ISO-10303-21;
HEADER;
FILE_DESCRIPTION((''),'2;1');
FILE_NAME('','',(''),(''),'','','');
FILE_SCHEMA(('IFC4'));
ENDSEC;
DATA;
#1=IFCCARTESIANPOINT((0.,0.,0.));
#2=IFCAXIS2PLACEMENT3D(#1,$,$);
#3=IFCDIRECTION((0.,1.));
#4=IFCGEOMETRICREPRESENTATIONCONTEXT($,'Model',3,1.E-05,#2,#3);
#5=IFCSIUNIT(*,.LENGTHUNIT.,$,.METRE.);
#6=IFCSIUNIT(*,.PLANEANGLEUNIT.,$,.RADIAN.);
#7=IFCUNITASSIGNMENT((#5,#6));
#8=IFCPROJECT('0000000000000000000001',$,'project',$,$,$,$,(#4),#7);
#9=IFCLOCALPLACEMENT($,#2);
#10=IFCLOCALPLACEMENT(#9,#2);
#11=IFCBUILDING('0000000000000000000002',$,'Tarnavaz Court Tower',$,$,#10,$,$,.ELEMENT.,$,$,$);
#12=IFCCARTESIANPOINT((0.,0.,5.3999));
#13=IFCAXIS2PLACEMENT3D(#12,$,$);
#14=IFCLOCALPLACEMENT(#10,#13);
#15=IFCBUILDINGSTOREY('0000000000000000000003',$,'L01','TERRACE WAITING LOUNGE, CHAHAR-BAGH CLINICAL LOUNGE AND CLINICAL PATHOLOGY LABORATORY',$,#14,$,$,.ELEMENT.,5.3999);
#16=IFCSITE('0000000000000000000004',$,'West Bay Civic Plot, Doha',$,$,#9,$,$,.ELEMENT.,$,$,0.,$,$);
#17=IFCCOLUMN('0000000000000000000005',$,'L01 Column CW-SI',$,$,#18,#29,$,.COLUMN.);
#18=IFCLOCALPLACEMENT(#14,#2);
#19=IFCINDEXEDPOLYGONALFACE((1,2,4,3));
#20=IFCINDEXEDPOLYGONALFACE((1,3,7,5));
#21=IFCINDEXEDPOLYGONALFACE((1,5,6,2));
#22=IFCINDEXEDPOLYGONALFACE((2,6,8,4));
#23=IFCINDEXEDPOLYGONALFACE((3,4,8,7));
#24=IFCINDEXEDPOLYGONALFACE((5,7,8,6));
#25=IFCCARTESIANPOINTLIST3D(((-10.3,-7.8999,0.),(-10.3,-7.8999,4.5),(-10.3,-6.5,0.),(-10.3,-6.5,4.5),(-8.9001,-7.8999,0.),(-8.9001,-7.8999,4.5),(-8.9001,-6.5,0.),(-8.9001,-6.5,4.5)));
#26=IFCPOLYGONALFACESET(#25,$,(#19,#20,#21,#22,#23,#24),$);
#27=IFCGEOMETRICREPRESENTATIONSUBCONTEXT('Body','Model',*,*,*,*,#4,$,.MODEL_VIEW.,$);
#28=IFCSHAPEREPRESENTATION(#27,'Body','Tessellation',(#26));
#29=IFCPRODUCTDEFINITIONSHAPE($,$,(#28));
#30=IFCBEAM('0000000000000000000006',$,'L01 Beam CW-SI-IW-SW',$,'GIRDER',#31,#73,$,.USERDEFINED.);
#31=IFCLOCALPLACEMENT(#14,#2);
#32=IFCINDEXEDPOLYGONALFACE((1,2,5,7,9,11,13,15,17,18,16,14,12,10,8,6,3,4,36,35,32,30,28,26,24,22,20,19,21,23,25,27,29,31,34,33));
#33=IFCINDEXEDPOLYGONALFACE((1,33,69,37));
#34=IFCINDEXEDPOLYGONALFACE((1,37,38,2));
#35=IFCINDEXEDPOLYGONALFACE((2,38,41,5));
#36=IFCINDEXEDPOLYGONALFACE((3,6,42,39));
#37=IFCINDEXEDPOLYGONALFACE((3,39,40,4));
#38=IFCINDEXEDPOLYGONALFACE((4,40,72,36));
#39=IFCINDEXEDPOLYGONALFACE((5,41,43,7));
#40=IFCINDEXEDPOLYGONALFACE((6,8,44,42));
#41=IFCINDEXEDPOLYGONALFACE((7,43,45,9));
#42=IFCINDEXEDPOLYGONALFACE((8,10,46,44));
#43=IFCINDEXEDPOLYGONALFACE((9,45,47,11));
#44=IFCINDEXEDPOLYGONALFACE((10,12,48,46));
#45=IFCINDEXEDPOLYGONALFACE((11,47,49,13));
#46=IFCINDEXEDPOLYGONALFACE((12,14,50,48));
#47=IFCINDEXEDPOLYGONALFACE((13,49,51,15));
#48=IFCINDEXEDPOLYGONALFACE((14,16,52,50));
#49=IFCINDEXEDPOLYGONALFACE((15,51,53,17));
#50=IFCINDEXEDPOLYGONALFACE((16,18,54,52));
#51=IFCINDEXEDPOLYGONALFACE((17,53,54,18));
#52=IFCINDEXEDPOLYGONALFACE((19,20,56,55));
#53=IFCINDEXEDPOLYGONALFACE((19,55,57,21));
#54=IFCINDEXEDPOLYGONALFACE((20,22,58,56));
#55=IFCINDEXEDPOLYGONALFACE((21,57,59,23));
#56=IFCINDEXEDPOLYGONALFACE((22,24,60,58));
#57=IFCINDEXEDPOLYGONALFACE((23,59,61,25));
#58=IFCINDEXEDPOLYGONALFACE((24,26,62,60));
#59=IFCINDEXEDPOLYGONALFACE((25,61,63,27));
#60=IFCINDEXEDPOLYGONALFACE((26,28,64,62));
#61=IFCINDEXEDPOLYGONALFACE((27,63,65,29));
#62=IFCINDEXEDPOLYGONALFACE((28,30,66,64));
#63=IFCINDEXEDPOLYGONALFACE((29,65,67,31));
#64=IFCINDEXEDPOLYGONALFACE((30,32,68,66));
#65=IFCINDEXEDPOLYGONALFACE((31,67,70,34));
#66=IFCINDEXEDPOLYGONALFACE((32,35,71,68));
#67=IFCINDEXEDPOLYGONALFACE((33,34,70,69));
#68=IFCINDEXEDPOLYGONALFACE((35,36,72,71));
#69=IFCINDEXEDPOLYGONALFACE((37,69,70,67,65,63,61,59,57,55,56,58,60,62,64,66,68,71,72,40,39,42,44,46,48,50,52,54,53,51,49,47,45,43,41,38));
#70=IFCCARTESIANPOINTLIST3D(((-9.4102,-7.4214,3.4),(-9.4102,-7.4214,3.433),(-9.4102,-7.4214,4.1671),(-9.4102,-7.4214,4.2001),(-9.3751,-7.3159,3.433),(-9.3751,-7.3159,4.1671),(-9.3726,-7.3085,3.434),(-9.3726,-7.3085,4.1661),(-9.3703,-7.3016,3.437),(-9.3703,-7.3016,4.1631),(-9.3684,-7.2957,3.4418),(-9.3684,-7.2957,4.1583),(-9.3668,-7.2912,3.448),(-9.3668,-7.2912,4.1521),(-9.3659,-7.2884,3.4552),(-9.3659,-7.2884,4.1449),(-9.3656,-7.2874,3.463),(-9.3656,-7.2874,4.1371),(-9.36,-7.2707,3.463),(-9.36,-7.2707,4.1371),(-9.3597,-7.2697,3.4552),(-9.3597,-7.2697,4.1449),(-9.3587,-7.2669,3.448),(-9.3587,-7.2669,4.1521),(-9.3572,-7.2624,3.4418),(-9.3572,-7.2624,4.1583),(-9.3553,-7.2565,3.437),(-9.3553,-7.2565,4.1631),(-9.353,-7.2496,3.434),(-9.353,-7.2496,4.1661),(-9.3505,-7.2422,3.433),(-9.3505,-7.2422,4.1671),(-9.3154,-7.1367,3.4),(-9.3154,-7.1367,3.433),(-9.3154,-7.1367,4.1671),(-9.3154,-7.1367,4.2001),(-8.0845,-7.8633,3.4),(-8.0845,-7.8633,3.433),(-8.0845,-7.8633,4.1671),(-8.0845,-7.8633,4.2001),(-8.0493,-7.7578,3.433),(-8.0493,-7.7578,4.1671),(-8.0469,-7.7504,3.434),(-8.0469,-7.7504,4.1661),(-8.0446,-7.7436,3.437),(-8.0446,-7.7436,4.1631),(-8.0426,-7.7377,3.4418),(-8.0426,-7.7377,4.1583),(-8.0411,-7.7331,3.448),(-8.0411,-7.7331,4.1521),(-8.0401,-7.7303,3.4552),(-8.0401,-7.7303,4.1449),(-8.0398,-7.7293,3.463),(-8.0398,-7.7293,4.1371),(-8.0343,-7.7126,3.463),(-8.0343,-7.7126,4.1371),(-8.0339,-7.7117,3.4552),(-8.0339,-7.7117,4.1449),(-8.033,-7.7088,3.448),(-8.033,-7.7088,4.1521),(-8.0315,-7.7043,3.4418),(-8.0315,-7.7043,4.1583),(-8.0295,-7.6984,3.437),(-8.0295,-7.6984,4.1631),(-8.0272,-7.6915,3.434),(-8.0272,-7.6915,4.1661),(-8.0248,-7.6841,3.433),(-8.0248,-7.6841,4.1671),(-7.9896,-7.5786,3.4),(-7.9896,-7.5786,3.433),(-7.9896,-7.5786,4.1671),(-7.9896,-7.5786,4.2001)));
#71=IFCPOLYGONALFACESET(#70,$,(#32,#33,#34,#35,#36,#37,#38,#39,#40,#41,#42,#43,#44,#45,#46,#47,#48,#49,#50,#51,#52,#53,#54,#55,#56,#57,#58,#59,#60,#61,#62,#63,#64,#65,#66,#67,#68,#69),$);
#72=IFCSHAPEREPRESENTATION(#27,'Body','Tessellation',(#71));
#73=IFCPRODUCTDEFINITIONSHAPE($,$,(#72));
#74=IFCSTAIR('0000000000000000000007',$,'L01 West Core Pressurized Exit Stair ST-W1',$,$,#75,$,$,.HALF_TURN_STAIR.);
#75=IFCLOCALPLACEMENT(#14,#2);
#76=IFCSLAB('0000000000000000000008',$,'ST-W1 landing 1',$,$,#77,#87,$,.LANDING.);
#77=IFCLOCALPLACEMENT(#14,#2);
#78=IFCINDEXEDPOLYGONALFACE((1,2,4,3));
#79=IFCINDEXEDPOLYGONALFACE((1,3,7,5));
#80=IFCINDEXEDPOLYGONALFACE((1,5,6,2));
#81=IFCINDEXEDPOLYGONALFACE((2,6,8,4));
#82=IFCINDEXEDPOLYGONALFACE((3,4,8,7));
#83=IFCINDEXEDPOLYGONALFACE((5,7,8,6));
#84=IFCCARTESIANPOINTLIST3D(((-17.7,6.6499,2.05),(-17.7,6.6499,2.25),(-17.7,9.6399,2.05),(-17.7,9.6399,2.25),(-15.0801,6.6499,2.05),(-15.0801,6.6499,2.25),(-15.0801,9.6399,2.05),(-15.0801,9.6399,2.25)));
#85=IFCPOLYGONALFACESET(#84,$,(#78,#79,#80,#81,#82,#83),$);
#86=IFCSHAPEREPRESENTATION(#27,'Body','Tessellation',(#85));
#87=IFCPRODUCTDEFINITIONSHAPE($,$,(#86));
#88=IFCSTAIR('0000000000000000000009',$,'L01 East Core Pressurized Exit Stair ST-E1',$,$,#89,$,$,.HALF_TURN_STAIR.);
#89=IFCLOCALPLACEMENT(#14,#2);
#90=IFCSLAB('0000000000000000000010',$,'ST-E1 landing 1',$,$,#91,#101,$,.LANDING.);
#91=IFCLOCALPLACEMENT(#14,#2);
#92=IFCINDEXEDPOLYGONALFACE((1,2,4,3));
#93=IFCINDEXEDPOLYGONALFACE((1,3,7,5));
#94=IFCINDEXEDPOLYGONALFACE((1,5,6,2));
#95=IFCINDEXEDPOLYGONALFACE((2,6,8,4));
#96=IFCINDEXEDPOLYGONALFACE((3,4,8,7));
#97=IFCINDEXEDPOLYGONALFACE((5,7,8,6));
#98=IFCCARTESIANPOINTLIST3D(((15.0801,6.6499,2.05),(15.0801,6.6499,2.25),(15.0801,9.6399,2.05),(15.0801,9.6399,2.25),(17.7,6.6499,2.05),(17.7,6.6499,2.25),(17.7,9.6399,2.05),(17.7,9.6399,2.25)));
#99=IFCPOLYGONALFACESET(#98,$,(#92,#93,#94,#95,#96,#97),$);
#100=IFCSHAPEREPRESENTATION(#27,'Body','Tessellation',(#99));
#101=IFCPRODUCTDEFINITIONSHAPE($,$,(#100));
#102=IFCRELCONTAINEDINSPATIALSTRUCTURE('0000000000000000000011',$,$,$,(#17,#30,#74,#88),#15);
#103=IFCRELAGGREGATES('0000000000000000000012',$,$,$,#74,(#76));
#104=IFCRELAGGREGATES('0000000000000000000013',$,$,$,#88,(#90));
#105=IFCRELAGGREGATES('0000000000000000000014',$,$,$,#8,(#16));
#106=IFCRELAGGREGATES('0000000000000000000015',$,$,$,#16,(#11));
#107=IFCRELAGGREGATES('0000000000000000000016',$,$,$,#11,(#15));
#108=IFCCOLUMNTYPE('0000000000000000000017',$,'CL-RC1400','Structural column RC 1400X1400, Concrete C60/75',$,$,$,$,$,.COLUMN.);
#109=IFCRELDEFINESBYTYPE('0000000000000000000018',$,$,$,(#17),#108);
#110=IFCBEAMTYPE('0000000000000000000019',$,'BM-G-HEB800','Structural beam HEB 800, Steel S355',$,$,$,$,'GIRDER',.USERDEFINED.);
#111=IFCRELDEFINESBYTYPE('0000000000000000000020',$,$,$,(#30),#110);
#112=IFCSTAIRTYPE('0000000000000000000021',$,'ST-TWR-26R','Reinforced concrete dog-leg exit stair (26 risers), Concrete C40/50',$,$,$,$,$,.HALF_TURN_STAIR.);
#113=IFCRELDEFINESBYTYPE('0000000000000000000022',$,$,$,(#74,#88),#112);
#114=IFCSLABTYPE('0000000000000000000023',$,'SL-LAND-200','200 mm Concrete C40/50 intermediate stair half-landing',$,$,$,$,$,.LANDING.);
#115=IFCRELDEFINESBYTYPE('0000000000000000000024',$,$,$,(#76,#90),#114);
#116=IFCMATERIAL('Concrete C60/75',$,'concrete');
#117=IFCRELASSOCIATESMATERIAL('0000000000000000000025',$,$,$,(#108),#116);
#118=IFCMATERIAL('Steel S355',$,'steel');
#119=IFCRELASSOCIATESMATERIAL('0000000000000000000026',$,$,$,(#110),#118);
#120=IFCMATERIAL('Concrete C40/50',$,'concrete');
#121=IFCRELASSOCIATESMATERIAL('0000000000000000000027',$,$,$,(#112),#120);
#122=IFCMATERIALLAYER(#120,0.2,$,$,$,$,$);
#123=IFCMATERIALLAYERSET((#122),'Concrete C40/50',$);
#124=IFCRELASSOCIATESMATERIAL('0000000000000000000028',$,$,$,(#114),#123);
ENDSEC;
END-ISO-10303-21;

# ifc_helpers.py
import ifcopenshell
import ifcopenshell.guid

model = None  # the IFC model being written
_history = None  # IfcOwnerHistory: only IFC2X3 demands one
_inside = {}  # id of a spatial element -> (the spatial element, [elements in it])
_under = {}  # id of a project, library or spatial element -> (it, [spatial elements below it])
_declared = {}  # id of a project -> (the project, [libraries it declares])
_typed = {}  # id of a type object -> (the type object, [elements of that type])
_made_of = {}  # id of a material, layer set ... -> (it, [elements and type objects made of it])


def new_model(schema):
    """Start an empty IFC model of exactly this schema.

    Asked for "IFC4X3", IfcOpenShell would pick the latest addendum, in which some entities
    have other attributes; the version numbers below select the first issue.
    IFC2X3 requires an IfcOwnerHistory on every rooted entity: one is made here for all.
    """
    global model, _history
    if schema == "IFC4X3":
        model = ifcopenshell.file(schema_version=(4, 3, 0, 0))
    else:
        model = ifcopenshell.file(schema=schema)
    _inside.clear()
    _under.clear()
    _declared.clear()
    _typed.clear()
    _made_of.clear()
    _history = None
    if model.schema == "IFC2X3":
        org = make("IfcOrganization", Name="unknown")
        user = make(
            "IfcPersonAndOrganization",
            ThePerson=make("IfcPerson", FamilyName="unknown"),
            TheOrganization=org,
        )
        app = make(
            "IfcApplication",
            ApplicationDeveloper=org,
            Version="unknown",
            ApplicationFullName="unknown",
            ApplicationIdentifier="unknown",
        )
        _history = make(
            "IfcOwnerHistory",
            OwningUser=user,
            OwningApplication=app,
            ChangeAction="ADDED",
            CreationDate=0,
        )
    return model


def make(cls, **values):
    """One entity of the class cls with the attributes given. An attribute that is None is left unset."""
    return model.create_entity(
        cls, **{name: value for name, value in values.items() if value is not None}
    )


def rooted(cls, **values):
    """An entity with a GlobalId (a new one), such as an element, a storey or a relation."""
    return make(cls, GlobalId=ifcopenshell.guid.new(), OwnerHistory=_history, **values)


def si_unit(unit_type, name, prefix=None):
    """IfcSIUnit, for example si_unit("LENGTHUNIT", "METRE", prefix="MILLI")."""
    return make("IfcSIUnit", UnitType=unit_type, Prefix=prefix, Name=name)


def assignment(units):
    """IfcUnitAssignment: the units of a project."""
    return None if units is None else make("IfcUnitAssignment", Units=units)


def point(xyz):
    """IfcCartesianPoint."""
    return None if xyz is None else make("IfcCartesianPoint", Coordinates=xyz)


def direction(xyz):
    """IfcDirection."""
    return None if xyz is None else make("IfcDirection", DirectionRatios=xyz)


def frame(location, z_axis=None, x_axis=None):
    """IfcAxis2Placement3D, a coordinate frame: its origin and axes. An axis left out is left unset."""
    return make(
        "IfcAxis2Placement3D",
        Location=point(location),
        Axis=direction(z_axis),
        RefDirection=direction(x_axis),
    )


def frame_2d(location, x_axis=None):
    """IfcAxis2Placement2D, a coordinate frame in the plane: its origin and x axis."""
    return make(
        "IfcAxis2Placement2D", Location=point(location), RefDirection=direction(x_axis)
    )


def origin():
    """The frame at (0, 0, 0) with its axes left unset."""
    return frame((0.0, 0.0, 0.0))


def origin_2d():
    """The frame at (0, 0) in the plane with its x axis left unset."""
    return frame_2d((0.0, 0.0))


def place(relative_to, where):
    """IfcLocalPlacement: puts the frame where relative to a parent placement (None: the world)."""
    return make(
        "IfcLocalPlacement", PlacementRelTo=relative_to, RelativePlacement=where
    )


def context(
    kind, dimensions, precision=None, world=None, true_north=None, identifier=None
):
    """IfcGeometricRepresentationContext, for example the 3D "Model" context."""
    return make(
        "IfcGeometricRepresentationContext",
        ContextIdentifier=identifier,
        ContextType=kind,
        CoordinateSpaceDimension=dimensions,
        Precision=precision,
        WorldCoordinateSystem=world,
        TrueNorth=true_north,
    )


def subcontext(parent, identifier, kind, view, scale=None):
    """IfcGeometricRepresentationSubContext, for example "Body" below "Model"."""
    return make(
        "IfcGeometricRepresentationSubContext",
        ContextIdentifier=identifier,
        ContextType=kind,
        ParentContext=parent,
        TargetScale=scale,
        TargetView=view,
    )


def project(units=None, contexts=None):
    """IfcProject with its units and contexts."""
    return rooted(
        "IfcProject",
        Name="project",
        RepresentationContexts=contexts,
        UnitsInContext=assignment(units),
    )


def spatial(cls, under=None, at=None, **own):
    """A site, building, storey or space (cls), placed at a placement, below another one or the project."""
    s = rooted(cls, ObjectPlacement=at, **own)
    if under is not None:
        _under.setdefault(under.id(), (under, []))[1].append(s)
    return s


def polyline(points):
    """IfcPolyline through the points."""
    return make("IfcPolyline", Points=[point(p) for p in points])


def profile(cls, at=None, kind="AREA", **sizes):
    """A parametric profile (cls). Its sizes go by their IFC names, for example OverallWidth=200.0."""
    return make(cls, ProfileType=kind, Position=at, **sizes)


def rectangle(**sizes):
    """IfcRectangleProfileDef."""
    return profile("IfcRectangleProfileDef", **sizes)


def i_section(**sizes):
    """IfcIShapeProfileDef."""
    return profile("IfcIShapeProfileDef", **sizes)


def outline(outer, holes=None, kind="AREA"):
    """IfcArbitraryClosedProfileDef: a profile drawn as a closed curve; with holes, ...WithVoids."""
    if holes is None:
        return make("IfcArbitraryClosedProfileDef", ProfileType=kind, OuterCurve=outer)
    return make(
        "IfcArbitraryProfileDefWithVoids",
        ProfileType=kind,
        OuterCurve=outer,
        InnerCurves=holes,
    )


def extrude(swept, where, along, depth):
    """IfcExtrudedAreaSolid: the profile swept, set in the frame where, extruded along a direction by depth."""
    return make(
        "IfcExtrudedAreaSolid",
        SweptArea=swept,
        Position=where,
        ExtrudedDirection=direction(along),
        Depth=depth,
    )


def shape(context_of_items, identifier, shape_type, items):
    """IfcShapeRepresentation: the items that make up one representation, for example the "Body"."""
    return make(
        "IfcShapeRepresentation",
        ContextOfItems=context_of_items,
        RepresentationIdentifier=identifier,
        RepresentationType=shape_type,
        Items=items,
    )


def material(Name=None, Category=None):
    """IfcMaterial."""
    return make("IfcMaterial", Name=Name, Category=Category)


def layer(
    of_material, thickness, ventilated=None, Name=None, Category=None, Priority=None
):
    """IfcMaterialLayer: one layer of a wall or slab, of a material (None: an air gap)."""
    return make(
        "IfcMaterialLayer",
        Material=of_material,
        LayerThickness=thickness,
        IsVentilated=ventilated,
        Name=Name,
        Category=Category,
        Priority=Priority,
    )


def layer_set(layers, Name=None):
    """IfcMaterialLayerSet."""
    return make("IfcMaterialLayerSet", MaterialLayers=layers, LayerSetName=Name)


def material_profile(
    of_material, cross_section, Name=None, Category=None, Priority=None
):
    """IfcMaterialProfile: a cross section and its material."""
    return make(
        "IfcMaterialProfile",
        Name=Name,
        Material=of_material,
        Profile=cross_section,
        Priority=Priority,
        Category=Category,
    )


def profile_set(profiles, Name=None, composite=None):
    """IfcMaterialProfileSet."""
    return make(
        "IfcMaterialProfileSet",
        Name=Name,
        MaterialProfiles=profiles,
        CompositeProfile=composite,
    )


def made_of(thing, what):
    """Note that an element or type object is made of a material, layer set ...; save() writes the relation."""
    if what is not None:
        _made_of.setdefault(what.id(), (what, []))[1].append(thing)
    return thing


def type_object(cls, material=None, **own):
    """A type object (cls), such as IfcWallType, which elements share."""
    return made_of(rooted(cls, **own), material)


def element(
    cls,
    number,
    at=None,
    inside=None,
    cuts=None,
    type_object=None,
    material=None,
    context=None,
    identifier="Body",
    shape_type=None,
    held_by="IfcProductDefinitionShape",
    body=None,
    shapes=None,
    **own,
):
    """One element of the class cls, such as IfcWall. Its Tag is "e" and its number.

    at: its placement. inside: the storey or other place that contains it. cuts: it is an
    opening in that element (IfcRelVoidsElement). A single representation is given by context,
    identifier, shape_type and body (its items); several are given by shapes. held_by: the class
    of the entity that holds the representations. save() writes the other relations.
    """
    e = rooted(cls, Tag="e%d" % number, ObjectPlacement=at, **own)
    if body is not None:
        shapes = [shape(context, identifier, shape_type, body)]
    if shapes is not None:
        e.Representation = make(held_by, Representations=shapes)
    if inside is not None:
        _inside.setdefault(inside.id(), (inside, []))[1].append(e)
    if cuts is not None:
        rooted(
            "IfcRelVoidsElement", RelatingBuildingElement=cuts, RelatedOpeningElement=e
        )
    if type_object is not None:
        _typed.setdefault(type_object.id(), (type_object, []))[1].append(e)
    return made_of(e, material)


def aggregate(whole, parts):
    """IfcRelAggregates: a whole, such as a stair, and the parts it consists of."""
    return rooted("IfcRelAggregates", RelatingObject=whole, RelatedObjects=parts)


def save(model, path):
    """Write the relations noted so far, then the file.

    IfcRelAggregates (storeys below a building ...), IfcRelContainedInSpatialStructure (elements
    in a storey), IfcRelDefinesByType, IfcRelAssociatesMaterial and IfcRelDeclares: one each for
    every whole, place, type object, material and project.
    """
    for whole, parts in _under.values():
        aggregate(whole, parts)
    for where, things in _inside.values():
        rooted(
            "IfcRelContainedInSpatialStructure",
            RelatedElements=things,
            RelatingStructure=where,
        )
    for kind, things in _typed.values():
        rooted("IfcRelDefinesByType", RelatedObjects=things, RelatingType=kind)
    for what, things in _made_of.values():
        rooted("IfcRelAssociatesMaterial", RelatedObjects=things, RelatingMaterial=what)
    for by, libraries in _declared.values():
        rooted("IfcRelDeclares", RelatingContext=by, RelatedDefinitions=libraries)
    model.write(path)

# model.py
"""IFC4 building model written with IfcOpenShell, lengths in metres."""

from ifc_helpers import new_model, si_unit, direction, frame, origin, origin_2d, place, context, subcontext, project, spatial, polyline, rectangle, i_section, outline, extrude, material, layer, layer_set, material_profile, profile_set, type_object, element, aggregate, save


model = new_model("IFC4")

# Units and contexts
model_context = context("Model", 3, precision=1e-05, world=origin(), true_north=direction((0.0, 1.0)))
body_context = subcontext(model_context, "Body", "Model", "MODEL_VIEW")
ifc_project = project(units=[si_unit("LENGTHUNIT", "METRE"), si_unit("PLANEANGLEUNIT", "RADIAN")], contexts=[model_context])

# Site, building, storey
site_placement = place(None, origin())
site = spatial("IfcSite", under=ifc_project, at=site_placement, Name="West Bay Civic Plot, Doha", CompositionType="ELEMENT", RefElevation=0.0)
building_placement = place(site_placement, origin())
building = spatial("IfcBuilding", under=site, at=building_placement, Name="Tarnavaz Court Tower", CompositionType="ELEMENT")
storey_placement = place(building_placement, frame((0.0, 0.0, 5.3999)))
storey = spatial("IfcBuildingStorey", under=building, at=storey_placement, Name="L01", Description="TERRACE WAITING LOUNGE, CHAHAR-BAGH CLINICAL LOUNGE AND CLINICAL PATHOLOGY LABORATORY", CompositionType="ELEMENT", Elevation=5.3999)

# Column
ifc_material_1 = material(Name="Concrete C60/75", Category="concrete")
ifc_material_profile_1 = material_profile(ifc_material_1, rectangle(XDim=1.3999, YDim=1.3999, at=origin_2d()), Name="RC 1400X1400")
ifc_profile_set_1 = profile_set([ifc_material_profile_1], Name="Concrete C60/75")
column_type = type_object("IfcColumnType", Name="CL-RC1400", Description="Structural column RC 1400X1400, Concrete C60/75", PredefinedType="COLUMN", material=ifc_profile_set_1)
column_placement = place(storey_placement, frame((-9.6001, -7.2, 0.0), z_axis=(0.0, 0.0, 1.0), x_axis=(1.0, 0.0, 0.0)))
element("IfcColumn", 1, at=column_placement, inside=storey, type_object=column_type, Name="L01 Column CW-SI", PredefinedType="COLUMN", context=body_context, shape_type="SweptSolid", body=[
    extrude(rectangle(XDim=1.3999, YDim=1.3999, at=origin_2d()), origin(), (0.0, 0.0, 1.0), 4.5),
])

# Beam
ifc_material_2 = material(Name="Steel S355", Category="steel")
ifc_material_profile_2 = material_profile(ifc_material_2, i_section(OverallWidth=0.3, OverallDepth=0.8, WebThickness=0.0176, FlangeThickness=0.033, FilletRadius=0.03, at=origin_2d()), Name="HEB 800")
ifc_profile_set_2 = profile_set([ifc_material_profile_2], Name="Steel S355")
beam_type = type_object("IfcBeamType", Name="BM-G-HEB800", Description="Structural beam HEB 800, Steel S355", ElementType="GIRDER", PredefinedType="USERDEFINED", material=ifc_profile_set_2)
beam_placement = place(storey_placement, frame((-9.3628, -7.2791, 3.8), z_axis=(0.948683, -0.316228, 0.0), x_axis=(0.316228, 0.948683, 0.0)))
element("IfcBeam", 2, at=beam_placement, inside=storey, type_object=beam_type, Name="L01 Beam CW-SI-IW-SW", ObjectType="GIRDER", PredefinedType="USERDEFINED", context=body_context, shape_type="SweptSolid", body=[
    extrude(i_section(OverallWidth=0.3, OverallDepth=0.8, WebThickness=0.0176, FlangeThickness=0.033, FilletRadius=0.03, at=origin_2d()), origin(), (0.0, 0.0, 1.0), 1.3975),
])

# Stairs, slabs
ifc_material_3 = material(Name="Concrete C40/50", Category="concrete")
stair_type = type_object("IfcStairType", Name="ST-TWR-26R", Description="Reinforced concrete dog-leg exit stair (26 risers), Concrete C40/50", PredefinedType="HALF_TURN_STAIR", material=ifc_material_3)
stair_1_placement = place(storey_placement, origin())
stair_1 = element("IfcStair", 3, at=stair_1_placement, inside=storey, type_object=stair_type, Name="L01 West Core Pressurized Exit Stair ST-W1", PredefinedType="HALF_TURN_STAIR")
ifc_layer_1 = layer(ifc_material_3, 0.2)
ifc_layer_set_1 = layer_set([ifc_layer_1], Name="Concrete C40/50")
slab_type_1 = type_object("IfcSlabType", Name="SL-LAND-200", Description="200 mm Concrete C40/50 intermediate stair half-landing", PredefinedType="LANDING", material=ifc_layer_set_1)
slab_1_placement = place(storey_placement, frame((0.0, 0.0, 2.05)))
slab_1 = element("IfcSlab", 4, at=slab_1_placement, type_object=slab_type_1, Name="ST-W1 landing 1", PredefinedType="LANDING", context=body_context, shape_type="SweptSolid", body=[
    extrude(outline(polyline([(-15.0801, 9.6399), (-17.7, 9.6399), (-17.7, 6.6499), (-15.0801, 6.6499), (-15.0801, 9.6399)])), origin(), (0.0, 0.0, 1.0), 0.2),
])
aggregate(stair_1, [slab_1])
stair_2_placement = place(storey_placement, origin())
stair_2 = element("IfcStair", 5, at=stair_2_placement, inside=storey, type_object=stair_type, Name="L01 East Core Pressurized Exit Stair ST-E1", PredefinedType="HALF_TURN_STAIR")
slab_2_placement = place(storey_placement, frame((0.0, 0.0, 2.05)))
slab_2 = element("IfcSlab", 6, at=slab_2_placement, type_object=slab_type_1, Name="ST-E1 landing 1", PredefinedType="LANDING", context=body_context, shape_type="SweptSolid", body=[
    extrude(outline(polyline([(15.0801, 6.6499), (17.7, 6.6499), (17.7, 9.6399), (15.0801, 9.6399), (15.0801, 6.6499)])), origin(), (0.0, 0.0, 1.0), 0.2),
])
aggregate(stair_2, [slab_2])

save(model, "model.ifc")
